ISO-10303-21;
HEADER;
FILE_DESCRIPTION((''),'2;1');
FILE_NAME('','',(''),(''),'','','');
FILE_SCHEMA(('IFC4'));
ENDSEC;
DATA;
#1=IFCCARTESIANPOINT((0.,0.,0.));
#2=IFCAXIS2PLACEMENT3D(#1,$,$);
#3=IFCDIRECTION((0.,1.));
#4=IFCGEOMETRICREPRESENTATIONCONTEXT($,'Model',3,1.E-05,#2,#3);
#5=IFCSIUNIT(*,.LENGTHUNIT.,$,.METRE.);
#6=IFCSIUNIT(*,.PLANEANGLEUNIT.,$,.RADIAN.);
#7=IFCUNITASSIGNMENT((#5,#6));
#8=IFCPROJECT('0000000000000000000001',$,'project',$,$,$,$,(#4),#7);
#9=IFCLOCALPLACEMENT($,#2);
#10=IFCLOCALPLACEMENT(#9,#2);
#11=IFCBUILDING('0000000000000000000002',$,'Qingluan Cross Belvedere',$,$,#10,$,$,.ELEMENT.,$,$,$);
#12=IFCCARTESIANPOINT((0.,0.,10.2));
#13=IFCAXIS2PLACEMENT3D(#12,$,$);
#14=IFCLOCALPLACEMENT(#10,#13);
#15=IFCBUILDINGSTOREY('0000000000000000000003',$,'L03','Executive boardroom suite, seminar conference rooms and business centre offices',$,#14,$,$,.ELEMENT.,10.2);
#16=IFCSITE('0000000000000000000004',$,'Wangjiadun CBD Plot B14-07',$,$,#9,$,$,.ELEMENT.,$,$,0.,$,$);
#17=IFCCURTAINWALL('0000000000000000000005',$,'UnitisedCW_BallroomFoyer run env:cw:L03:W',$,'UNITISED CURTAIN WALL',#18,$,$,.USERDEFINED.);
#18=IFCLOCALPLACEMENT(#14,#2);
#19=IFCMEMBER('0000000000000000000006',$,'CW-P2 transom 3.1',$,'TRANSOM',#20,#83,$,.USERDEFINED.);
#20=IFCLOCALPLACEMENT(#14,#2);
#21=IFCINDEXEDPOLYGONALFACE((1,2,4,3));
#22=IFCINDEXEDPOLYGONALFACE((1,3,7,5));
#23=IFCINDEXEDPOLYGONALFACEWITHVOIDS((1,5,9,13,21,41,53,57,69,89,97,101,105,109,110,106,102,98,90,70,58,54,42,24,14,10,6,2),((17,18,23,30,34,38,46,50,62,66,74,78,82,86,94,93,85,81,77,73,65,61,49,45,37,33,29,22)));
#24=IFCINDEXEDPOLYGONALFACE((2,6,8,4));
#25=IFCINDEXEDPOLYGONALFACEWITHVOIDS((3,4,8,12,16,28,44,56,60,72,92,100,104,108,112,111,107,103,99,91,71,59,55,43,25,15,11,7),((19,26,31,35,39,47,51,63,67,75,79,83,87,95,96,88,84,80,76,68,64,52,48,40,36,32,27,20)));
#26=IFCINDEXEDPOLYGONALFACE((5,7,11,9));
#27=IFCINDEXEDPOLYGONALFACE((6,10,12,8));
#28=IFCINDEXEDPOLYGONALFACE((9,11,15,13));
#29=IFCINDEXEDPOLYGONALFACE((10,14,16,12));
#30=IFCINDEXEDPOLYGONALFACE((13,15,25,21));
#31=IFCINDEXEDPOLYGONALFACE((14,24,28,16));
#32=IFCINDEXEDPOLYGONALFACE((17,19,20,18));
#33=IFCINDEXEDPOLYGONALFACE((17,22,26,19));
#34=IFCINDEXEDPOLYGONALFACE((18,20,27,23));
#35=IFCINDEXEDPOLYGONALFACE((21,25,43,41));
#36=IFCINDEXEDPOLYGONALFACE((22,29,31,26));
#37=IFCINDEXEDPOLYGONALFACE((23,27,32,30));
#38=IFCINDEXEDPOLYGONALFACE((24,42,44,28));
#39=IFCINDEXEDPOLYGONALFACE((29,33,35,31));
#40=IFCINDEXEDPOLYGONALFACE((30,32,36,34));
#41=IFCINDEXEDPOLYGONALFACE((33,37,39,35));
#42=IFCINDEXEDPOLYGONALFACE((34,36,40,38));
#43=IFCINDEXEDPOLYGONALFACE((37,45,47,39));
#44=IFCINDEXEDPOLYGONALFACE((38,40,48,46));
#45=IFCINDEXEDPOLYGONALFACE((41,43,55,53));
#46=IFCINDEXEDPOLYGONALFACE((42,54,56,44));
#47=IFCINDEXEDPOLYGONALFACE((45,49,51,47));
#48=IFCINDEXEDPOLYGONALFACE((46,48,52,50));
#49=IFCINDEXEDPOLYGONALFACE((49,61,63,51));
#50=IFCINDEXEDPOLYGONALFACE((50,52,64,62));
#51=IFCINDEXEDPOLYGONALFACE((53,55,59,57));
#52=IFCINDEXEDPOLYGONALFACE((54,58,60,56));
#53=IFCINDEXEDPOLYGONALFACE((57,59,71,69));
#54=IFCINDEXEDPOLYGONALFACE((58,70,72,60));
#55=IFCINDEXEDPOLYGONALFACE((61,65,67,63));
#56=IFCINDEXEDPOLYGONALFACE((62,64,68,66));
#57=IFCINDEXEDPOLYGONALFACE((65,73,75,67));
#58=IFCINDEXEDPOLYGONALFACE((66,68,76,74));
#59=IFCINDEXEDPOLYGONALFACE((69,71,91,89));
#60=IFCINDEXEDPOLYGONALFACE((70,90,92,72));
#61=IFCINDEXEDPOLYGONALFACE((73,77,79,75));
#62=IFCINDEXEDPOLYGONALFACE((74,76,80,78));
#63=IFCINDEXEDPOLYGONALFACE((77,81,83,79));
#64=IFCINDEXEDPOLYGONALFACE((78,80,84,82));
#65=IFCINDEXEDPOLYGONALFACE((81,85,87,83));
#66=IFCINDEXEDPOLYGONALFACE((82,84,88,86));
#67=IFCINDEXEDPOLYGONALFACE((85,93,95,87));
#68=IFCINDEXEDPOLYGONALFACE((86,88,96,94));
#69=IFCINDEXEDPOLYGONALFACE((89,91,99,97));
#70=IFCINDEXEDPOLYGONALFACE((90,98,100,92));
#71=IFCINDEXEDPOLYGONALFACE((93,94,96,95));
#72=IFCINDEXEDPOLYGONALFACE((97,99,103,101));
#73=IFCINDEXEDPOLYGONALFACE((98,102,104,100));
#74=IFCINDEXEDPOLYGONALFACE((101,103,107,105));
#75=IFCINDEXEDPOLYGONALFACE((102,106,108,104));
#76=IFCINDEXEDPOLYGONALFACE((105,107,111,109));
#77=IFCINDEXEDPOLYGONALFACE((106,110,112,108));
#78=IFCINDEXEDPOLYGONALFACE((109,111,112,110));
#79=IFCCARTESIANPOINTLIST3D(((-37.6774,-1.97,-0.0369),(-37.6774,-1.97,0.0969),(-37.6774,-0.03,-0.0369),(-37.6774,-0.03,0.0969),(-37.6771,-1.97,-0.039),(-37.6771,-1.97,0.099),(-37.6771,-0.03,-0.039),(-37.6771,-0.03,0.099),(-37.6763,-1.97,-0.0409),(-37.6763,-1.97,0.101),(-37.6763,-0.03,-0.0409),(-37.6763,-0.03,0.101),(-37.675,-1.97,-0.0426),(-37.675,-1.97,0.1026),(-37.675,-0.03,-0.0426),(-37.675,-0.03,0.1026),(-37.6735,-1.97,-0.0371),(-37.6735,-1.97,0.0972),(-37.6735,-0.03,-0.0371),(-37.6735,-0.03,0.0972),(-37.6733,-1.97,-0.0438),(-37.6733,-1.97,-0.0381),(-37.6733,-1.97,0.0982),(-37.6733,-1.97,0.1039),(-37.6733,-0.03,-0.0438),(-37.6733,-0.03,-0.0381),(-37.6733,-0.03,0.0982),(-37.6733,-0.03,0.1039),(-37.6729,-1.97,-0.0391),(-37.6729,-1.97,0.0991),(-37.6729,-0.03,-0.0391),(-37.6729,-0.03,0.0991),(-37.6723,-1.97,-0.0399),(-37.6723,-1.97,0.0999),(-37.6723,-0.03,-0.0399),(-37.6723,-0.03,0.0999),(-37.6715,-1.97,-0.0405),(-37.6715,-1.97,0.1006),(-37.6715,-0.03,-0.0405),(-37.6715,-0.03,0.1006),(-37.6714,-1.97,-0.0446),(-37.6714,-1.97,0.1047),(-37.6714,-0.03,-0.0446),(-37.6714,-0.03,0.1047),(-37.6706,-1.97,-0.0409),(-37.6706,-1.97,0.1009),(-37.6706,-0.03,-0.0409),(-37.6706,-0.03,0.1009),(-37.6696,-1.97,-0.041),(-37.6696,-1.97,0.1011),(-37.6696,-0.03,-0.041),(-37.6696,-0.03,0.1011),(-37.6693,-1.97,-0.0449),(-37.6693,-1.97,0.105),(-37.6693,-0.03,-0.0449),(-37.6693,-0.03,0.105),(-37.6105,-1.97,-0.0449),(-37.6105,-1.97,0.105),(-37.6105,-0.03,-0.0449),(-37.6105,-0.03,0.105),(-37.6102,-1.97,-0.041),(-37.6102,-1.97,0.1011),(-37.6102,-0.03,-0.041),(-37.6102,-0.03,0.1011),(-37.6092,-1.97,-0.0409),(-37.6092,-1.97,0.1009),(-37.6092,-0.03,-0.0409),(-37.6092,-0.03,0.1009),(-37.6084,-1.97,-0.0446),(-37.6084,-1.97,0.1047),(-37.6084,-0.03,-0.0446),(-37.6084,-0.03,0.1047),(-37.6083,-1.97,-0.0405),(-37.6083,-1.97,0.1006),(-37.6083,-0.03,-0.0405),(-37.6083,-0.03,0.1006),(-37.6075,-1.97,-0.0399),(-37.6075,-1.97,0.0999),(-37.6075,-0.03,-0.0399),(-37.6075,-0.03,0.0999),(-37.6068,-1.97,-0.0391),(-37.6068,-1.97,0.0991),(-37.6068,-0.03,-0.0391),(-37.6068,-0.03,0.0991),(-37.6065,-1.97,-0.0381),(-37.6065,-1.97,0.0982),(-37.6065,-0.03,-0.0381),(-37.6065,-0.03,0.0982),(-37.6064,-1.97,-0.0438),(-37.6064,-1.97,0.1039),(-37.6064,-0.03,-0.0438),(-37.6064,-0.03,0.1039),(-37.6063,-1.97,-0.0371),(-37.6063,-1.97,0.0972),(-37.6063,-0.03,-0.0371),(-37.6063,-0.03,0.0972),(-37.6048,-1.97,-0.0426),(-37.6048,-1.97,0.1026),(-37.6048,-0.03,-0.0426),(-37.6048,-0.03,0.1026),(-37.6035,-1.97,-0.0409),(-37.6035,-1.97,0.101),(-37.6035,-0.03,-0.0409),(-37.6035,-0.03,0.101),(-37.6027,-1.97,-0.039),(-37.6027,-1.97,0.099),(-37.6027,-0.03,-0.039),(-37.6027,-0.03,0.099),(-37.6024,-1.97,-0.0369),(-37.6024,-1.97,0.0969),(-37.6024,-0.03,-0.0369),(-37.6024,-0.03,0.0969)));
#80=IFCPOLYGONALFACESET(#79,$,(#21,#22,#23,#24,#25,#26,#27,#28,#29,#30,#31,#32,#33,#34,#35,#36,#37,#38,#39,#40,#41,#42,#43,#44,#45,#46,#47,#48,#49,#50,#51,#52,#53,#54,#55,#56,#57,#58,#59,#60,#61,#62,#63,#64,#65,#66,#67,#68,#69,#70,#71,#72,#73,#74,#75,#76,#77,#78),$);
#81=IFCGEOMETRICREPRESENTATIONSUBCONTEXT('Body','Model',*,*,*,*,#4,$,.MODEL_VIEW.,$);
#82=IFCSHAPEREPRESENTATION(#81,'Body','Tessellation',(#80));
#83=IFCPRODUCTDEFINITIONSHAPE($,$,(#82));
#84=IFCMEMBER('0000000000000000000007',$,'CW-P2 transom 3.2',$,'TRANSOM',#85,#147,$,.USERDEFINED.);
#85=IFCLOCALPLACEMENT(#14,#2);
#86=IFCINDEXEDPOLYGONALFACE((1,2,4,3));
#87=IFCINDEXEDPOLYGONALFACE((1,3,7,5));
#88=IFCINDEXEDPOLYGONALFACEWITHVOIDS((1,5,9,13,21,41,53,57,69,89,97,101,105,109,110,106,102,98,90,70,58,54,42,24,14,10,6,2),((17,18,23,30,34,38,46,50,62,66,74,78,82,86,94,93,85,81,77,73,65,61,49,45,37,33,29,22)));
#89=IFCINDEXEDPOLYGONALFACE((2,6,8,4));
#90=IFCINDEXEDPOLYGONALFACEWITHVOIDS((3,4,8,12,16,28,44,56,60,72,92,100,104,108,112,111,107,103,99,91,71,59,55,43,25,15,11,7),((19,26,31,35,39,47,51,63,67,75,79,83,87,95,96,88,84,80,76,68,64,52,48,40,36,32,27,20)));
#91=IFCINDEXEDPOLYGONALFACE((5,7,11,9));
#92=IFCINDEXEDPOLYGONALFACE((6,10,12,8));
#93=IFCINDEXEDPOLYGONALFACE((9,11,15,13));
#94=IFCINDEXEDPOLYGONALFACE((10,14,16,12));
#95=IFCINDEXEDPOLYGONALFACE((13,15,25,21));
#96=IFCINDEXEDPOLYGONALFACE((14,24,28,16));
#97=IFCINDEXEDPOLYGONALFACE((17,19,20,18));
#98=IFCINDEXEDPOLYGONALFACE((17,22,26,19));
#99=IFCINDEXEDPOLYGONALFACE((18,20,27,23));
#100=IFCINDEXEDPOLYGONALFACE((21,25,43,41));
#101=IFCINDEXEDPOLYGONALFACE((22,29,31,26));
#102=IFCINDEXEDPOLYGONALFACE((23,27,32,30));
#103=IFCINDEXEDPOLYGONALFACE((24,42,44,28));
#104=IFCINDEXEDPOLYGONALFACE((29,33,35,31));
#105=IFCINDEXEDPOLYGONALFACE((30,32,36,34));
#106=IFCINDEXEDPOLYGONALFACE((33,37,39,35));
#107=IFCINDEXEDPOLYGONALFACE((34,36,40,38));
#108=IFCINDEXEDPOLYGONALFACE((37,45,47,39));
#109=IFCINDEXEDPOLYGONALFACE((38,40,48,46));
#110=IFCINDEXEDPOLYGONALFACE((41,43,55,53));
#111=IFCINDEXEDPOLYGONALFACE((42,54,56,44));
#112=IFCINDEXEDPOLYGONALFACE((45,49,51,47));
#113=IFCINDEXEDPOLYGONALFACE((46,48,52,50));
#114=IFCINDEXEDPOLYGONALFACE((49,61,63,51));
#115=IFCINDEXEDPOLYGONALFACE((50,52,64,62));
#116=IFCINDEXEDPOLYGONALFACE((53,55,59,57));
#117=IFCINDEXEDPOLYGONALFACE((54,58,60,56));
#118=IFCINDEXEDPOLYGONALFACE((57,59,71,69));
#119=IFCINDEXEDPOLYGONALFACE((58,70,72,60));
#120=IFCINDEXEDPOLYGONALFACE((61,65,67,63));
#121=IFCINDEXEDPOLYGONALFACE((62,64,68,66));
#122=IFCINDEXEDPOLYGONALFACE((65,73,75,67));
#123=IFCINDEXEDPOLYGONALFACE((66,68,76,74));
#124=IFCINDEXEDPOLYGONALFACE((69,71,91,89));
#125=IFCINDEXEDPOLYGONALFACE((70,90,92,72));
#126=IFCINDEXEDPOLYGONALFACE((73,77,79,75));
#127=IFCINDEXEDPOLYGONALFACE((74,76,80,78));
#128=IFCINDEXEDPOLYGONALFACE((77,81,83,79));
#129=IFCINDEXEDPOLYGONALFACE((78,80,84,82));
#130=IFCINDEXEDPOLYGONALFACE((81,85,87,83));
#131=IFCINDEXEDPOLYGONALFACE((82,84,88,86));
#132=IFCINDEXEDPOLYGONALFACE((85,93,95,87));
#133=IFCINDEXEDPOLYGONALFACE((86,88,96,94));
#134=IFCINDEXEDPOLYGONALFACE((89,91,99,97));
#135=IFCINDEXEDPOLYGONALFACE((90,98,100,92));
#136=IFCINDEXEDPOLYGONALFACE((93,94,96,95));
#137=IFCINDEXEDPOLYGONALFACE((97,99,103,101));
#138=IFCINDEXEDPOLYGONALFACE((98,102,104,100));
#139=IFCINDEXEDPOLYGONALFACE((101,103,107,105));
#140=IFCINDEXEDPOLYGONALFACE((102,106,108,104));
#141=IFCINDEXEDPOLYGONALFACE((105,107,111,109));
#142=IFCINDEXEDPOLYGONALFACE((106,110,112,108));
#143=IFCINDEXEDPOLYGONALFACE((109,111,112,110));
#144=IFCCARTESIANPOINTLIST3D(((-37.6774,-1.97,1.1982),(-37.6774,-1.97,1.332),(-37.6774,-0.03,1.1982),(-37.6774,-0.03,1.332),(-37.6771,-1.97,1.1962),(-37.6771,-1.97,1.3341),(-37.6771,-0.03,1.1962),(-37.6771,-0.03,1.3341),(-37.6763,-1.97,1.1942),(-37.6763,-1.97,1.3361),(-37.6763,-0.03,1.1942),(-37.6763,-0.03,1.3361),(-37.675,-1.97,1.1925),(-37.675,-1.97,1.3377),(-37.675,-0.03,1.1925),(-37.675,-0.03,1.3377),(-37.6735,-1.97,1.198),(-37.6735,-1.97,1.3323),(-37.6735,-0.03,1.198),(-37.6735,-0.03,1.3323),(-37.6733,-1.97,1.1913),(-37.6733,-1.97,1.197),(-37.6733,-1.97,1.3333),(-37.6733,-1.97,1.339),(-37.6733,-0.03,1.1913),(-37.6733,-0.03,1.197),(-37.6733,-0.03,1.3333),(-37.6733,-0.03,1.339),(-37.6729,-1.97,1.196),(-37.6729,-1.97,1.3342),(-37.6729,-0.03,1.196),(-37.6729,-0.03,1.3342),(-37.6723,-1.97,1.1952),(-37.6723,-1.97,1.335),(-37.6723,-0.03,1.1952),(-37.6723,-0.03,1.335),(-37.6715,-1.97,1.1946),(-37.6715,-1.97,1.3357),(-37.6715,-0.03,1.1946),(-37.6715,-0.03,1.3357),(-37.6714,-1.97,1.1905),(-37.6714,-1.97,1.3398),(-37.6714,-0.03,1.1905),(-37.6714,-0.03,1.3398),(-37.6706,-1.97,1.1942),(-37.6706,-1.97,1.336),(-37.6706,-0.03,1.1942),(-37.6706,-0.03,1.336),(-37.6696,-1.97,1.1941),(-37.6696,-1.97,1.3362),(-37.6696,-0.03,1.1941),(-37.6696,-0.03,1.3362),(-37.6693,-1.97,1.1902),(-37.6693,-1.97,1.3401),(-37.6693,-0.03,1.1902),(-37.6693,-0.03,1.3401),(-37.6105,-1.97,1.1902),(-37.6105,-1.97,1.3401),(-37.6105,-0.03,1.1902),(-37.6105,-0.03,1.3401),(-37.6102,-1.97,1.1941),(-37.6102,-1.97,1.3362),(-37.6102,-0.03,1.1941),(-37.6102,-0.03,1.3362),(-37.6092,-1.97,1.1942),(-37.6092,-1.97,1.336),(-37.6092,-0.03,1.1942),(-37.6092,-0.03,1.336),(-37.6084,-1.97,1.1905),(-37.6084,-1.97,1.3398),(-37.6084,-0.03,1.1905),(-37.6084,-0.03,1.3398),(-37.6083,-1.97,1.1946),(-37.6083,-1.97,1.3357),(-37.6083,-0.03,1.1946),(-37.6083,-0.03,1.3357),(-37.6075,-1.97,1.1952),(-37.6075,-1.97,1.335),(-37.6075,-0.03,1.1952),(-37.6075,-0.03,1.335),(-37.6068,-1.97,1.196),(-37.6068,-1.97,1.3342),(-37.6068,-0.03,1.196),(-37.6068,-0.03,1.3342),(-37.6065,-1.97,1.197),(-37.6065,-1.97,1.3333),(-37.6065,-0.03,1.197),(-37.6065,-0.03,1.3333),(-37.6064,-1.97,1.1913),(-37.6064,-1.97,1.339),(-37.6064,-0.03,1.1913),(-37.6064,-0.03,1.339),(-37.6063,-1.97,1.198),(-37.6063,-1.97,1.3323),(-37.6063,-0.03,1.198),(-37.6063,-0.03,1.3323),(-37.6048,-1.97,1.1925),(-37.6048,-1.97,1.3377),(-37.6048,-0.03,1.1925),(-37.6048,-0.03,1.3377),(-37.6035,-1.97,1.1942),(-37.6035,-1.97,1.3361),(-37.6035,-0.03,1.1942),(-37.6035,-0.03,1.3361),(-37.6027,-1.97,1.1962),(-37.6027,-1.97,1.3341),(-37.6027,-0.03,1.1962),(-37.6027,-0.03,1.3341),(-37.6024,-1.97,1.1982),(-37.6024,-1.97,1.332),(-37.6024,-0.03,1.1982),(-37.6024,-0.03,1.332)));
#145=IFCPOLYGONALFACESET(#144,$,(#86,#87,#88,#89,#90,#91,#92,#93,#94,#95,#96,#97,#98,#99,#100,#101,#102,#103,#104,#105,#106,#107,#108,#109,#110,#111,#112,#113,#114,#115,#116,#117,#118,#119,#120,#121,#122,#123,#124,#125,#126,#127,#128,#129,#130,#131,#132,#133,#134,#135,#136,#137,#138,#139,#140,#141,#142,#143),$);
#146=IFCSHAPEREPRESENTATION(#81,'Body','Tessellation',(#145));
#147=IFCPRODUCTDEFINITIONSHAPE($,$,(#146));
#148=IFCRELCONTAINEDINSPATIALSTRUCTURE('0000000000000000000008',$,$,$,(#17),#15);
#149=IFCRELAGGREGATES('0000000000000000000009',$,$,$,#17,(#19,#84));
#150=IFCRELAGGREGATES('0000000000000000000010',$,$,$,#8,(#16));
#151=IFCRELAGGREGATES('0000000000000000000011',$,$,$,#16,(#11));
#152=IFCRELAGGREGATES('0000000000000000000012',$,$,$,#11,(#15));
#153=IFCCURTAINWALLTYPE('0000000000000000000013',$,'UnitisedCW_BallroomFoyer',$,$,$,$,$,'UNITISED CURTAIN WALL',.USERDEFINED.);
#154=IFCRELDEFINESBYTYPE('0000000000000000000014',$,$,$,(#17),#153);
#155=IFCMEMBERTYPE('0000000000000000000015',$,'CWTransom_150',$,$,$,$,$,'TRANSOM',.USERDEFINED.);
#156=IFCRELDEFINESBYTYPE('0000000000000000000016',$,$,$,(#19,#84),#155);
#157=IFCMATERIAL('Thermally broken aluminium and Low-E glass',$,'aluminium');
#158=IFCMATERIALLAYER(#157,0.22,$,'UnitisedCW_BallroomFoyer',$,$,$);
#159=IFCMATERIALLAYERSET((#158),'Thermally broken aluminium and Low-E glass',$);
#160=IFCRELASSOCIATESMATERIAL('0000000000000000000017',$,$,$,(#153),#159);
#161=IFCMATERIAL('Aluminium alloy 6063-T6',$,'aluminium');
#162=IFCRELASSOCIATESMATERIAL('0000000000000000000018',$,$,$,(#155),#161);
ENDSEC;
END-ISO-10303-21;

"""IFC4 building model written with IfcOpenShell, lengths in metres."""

from ifc_helpers import new_model, si_unit, direction, frame, origin, origin_2d, place, context, subcontext, project, spatial, hollow_rectangle, extrude, material, layer, layer_set, material_profile, profile_set, type_object, element, aggregate, save


model = new_model("IFC4")

# Units and contexts
model_context = context("Model", 3, precision=1e-05, world=origin(), true_north=direction((0.0, 1.0)))
body_context = subcontext(model_context, "Body", "Model", "MODEL_VIEW")
ifc_project = project(units=[si_unit("LENGTHUNIT", "METRE"), si_unit("PLANEANGLEUNIT", "RADIAN")], contexts=[model_context])

# Site, building, storey
site_placement = place(None, origin())
site = spatial("IfcSite", under=ifc_project, at=site_placement, Name="Wangjiadun CBD Plot B14-07", CompositionType="ELEMENT", RefElevation=0.0)
building_placement = place(site_placement, origin())
building = spatial("IfcBuilding", under=site, at=building_placement, Name="Qingluan Cross Belvedere", CompositionType="ELEMENT")
storey_placement = place(building_placement, frame((0.0, 0.0, 10.2)))
storey = spatial("IfcBuildingStorey", under=building, at=storey_placement, Name="L03", Description="Executive boardroom suite, seminar conference rooms and business centre offices", CompositionType="ELEMENT", Elevation=10.2)

# Curtain wall, members
ifc_material_1 = material(Name="Thermally broken aluminium and Low-E glass", Category="aluminium")
ifc_layer_1 = layer(ifc_material_1, 0.22, Name="UnitisedCW_BallroomFoyer")
ifc_layer_set_1 = layer_set([ifc_layer_1], Name="Thermally broken aluminium and Low-E glass")
curtain_wall_type = type_object("IfcCurtainWallType", Name="UnitisedCW_BallroomFoyer", ElementType="UNITISED CURTAIN WALL", PredefinedType="USERDEFINED", material=ifc_layer_set_1)
curtain_wall_placement = place(storey_placement, origin())
curtain_wall = element("IfcCurtainWall", 1, at=curtain_wall_placement, inside=storey, type_object=curtain_wall_type, Name="UnitisedCW_BallroomFoyer run env:cw:L03:W", ObjectType="UNITISED CURTAIN WALL", PredefinedType="USERDEFINED")
ifc_material_2 = material(Name="Aluminium alloy 6063-T6", Category="aluminium")
ifc_material_profile_1 = material_profile(ifc_material_2, hollow_rectangle(XDim=0.075, YDim=0.1499, WallThickness=0.0039, InnerFilletRadius=0.0039, OuterFilletRadius=0.0081, at=origin_2d()), Name="CWT150x75x4")
ifc_profile_set_1 = profile_set([ifc_material_profile_1], Name="Aluminium alloy 6063-T6")
member_type_1 = type_object("IfcMemberType", Name="CWTransom_150", ElementType="TRANSOM", PredefinedType="USERDEFINED", material=ifc_profile_set_1)
member_1_placement = place(storey_placement, frame((-37.6399, -1.97, 0.03), z_axis=(0.0, 1.0, 0.0), x_axis=(-1.0, 0.0, 0.0)))
member_1 = element("IfcMember", 2, at=member_1_placement, type_object=member_type_1, Name="CW-P2 transom 3.1", ObjectType="TRANSOM", PredefinedType="USERDEFINED", context=body_context, shape_type="SweptSolid", body=[
    extrude(hollow_rectangle(XDim=0.075, YDim=0.1499, WallThickness=0.0039, InnerFilletRadius=0.0039, OuterFilletRadius=0.0081, at=origin_2d()), origin(), (0.0, 0.0, 1.0), 1.9399),
])
member_2_placement = place(storey_placement, frame((-37.6399, -1.97, 1.2651), z_axis=(0.0, 1.0, 0.0), x_axis=(-1.0, 0.0, 0.0)))
member_2 = element("IfcMember", 3, at=member_2_placement, type_object=member_type_1, Name="CW-P2 transom 3.2", ObjectType="TRANSOM", PredefinedType="USERDEFINED", context=body_context, shape_type="SweptSolid", body=[
    extrude(hollow_rectangle(XDim=0.075, YDim=0.1499, WallThickness=0.0039, InnerFilletRadius=0.0039, OuterFilletRadius=0.0081, at=origin_2d()), origin(), (0.0, 0.0, 1.0), 1.9399),
])
aggregate(curtain_wall, [member_1, member_2])

save(model, "model.ifc")
